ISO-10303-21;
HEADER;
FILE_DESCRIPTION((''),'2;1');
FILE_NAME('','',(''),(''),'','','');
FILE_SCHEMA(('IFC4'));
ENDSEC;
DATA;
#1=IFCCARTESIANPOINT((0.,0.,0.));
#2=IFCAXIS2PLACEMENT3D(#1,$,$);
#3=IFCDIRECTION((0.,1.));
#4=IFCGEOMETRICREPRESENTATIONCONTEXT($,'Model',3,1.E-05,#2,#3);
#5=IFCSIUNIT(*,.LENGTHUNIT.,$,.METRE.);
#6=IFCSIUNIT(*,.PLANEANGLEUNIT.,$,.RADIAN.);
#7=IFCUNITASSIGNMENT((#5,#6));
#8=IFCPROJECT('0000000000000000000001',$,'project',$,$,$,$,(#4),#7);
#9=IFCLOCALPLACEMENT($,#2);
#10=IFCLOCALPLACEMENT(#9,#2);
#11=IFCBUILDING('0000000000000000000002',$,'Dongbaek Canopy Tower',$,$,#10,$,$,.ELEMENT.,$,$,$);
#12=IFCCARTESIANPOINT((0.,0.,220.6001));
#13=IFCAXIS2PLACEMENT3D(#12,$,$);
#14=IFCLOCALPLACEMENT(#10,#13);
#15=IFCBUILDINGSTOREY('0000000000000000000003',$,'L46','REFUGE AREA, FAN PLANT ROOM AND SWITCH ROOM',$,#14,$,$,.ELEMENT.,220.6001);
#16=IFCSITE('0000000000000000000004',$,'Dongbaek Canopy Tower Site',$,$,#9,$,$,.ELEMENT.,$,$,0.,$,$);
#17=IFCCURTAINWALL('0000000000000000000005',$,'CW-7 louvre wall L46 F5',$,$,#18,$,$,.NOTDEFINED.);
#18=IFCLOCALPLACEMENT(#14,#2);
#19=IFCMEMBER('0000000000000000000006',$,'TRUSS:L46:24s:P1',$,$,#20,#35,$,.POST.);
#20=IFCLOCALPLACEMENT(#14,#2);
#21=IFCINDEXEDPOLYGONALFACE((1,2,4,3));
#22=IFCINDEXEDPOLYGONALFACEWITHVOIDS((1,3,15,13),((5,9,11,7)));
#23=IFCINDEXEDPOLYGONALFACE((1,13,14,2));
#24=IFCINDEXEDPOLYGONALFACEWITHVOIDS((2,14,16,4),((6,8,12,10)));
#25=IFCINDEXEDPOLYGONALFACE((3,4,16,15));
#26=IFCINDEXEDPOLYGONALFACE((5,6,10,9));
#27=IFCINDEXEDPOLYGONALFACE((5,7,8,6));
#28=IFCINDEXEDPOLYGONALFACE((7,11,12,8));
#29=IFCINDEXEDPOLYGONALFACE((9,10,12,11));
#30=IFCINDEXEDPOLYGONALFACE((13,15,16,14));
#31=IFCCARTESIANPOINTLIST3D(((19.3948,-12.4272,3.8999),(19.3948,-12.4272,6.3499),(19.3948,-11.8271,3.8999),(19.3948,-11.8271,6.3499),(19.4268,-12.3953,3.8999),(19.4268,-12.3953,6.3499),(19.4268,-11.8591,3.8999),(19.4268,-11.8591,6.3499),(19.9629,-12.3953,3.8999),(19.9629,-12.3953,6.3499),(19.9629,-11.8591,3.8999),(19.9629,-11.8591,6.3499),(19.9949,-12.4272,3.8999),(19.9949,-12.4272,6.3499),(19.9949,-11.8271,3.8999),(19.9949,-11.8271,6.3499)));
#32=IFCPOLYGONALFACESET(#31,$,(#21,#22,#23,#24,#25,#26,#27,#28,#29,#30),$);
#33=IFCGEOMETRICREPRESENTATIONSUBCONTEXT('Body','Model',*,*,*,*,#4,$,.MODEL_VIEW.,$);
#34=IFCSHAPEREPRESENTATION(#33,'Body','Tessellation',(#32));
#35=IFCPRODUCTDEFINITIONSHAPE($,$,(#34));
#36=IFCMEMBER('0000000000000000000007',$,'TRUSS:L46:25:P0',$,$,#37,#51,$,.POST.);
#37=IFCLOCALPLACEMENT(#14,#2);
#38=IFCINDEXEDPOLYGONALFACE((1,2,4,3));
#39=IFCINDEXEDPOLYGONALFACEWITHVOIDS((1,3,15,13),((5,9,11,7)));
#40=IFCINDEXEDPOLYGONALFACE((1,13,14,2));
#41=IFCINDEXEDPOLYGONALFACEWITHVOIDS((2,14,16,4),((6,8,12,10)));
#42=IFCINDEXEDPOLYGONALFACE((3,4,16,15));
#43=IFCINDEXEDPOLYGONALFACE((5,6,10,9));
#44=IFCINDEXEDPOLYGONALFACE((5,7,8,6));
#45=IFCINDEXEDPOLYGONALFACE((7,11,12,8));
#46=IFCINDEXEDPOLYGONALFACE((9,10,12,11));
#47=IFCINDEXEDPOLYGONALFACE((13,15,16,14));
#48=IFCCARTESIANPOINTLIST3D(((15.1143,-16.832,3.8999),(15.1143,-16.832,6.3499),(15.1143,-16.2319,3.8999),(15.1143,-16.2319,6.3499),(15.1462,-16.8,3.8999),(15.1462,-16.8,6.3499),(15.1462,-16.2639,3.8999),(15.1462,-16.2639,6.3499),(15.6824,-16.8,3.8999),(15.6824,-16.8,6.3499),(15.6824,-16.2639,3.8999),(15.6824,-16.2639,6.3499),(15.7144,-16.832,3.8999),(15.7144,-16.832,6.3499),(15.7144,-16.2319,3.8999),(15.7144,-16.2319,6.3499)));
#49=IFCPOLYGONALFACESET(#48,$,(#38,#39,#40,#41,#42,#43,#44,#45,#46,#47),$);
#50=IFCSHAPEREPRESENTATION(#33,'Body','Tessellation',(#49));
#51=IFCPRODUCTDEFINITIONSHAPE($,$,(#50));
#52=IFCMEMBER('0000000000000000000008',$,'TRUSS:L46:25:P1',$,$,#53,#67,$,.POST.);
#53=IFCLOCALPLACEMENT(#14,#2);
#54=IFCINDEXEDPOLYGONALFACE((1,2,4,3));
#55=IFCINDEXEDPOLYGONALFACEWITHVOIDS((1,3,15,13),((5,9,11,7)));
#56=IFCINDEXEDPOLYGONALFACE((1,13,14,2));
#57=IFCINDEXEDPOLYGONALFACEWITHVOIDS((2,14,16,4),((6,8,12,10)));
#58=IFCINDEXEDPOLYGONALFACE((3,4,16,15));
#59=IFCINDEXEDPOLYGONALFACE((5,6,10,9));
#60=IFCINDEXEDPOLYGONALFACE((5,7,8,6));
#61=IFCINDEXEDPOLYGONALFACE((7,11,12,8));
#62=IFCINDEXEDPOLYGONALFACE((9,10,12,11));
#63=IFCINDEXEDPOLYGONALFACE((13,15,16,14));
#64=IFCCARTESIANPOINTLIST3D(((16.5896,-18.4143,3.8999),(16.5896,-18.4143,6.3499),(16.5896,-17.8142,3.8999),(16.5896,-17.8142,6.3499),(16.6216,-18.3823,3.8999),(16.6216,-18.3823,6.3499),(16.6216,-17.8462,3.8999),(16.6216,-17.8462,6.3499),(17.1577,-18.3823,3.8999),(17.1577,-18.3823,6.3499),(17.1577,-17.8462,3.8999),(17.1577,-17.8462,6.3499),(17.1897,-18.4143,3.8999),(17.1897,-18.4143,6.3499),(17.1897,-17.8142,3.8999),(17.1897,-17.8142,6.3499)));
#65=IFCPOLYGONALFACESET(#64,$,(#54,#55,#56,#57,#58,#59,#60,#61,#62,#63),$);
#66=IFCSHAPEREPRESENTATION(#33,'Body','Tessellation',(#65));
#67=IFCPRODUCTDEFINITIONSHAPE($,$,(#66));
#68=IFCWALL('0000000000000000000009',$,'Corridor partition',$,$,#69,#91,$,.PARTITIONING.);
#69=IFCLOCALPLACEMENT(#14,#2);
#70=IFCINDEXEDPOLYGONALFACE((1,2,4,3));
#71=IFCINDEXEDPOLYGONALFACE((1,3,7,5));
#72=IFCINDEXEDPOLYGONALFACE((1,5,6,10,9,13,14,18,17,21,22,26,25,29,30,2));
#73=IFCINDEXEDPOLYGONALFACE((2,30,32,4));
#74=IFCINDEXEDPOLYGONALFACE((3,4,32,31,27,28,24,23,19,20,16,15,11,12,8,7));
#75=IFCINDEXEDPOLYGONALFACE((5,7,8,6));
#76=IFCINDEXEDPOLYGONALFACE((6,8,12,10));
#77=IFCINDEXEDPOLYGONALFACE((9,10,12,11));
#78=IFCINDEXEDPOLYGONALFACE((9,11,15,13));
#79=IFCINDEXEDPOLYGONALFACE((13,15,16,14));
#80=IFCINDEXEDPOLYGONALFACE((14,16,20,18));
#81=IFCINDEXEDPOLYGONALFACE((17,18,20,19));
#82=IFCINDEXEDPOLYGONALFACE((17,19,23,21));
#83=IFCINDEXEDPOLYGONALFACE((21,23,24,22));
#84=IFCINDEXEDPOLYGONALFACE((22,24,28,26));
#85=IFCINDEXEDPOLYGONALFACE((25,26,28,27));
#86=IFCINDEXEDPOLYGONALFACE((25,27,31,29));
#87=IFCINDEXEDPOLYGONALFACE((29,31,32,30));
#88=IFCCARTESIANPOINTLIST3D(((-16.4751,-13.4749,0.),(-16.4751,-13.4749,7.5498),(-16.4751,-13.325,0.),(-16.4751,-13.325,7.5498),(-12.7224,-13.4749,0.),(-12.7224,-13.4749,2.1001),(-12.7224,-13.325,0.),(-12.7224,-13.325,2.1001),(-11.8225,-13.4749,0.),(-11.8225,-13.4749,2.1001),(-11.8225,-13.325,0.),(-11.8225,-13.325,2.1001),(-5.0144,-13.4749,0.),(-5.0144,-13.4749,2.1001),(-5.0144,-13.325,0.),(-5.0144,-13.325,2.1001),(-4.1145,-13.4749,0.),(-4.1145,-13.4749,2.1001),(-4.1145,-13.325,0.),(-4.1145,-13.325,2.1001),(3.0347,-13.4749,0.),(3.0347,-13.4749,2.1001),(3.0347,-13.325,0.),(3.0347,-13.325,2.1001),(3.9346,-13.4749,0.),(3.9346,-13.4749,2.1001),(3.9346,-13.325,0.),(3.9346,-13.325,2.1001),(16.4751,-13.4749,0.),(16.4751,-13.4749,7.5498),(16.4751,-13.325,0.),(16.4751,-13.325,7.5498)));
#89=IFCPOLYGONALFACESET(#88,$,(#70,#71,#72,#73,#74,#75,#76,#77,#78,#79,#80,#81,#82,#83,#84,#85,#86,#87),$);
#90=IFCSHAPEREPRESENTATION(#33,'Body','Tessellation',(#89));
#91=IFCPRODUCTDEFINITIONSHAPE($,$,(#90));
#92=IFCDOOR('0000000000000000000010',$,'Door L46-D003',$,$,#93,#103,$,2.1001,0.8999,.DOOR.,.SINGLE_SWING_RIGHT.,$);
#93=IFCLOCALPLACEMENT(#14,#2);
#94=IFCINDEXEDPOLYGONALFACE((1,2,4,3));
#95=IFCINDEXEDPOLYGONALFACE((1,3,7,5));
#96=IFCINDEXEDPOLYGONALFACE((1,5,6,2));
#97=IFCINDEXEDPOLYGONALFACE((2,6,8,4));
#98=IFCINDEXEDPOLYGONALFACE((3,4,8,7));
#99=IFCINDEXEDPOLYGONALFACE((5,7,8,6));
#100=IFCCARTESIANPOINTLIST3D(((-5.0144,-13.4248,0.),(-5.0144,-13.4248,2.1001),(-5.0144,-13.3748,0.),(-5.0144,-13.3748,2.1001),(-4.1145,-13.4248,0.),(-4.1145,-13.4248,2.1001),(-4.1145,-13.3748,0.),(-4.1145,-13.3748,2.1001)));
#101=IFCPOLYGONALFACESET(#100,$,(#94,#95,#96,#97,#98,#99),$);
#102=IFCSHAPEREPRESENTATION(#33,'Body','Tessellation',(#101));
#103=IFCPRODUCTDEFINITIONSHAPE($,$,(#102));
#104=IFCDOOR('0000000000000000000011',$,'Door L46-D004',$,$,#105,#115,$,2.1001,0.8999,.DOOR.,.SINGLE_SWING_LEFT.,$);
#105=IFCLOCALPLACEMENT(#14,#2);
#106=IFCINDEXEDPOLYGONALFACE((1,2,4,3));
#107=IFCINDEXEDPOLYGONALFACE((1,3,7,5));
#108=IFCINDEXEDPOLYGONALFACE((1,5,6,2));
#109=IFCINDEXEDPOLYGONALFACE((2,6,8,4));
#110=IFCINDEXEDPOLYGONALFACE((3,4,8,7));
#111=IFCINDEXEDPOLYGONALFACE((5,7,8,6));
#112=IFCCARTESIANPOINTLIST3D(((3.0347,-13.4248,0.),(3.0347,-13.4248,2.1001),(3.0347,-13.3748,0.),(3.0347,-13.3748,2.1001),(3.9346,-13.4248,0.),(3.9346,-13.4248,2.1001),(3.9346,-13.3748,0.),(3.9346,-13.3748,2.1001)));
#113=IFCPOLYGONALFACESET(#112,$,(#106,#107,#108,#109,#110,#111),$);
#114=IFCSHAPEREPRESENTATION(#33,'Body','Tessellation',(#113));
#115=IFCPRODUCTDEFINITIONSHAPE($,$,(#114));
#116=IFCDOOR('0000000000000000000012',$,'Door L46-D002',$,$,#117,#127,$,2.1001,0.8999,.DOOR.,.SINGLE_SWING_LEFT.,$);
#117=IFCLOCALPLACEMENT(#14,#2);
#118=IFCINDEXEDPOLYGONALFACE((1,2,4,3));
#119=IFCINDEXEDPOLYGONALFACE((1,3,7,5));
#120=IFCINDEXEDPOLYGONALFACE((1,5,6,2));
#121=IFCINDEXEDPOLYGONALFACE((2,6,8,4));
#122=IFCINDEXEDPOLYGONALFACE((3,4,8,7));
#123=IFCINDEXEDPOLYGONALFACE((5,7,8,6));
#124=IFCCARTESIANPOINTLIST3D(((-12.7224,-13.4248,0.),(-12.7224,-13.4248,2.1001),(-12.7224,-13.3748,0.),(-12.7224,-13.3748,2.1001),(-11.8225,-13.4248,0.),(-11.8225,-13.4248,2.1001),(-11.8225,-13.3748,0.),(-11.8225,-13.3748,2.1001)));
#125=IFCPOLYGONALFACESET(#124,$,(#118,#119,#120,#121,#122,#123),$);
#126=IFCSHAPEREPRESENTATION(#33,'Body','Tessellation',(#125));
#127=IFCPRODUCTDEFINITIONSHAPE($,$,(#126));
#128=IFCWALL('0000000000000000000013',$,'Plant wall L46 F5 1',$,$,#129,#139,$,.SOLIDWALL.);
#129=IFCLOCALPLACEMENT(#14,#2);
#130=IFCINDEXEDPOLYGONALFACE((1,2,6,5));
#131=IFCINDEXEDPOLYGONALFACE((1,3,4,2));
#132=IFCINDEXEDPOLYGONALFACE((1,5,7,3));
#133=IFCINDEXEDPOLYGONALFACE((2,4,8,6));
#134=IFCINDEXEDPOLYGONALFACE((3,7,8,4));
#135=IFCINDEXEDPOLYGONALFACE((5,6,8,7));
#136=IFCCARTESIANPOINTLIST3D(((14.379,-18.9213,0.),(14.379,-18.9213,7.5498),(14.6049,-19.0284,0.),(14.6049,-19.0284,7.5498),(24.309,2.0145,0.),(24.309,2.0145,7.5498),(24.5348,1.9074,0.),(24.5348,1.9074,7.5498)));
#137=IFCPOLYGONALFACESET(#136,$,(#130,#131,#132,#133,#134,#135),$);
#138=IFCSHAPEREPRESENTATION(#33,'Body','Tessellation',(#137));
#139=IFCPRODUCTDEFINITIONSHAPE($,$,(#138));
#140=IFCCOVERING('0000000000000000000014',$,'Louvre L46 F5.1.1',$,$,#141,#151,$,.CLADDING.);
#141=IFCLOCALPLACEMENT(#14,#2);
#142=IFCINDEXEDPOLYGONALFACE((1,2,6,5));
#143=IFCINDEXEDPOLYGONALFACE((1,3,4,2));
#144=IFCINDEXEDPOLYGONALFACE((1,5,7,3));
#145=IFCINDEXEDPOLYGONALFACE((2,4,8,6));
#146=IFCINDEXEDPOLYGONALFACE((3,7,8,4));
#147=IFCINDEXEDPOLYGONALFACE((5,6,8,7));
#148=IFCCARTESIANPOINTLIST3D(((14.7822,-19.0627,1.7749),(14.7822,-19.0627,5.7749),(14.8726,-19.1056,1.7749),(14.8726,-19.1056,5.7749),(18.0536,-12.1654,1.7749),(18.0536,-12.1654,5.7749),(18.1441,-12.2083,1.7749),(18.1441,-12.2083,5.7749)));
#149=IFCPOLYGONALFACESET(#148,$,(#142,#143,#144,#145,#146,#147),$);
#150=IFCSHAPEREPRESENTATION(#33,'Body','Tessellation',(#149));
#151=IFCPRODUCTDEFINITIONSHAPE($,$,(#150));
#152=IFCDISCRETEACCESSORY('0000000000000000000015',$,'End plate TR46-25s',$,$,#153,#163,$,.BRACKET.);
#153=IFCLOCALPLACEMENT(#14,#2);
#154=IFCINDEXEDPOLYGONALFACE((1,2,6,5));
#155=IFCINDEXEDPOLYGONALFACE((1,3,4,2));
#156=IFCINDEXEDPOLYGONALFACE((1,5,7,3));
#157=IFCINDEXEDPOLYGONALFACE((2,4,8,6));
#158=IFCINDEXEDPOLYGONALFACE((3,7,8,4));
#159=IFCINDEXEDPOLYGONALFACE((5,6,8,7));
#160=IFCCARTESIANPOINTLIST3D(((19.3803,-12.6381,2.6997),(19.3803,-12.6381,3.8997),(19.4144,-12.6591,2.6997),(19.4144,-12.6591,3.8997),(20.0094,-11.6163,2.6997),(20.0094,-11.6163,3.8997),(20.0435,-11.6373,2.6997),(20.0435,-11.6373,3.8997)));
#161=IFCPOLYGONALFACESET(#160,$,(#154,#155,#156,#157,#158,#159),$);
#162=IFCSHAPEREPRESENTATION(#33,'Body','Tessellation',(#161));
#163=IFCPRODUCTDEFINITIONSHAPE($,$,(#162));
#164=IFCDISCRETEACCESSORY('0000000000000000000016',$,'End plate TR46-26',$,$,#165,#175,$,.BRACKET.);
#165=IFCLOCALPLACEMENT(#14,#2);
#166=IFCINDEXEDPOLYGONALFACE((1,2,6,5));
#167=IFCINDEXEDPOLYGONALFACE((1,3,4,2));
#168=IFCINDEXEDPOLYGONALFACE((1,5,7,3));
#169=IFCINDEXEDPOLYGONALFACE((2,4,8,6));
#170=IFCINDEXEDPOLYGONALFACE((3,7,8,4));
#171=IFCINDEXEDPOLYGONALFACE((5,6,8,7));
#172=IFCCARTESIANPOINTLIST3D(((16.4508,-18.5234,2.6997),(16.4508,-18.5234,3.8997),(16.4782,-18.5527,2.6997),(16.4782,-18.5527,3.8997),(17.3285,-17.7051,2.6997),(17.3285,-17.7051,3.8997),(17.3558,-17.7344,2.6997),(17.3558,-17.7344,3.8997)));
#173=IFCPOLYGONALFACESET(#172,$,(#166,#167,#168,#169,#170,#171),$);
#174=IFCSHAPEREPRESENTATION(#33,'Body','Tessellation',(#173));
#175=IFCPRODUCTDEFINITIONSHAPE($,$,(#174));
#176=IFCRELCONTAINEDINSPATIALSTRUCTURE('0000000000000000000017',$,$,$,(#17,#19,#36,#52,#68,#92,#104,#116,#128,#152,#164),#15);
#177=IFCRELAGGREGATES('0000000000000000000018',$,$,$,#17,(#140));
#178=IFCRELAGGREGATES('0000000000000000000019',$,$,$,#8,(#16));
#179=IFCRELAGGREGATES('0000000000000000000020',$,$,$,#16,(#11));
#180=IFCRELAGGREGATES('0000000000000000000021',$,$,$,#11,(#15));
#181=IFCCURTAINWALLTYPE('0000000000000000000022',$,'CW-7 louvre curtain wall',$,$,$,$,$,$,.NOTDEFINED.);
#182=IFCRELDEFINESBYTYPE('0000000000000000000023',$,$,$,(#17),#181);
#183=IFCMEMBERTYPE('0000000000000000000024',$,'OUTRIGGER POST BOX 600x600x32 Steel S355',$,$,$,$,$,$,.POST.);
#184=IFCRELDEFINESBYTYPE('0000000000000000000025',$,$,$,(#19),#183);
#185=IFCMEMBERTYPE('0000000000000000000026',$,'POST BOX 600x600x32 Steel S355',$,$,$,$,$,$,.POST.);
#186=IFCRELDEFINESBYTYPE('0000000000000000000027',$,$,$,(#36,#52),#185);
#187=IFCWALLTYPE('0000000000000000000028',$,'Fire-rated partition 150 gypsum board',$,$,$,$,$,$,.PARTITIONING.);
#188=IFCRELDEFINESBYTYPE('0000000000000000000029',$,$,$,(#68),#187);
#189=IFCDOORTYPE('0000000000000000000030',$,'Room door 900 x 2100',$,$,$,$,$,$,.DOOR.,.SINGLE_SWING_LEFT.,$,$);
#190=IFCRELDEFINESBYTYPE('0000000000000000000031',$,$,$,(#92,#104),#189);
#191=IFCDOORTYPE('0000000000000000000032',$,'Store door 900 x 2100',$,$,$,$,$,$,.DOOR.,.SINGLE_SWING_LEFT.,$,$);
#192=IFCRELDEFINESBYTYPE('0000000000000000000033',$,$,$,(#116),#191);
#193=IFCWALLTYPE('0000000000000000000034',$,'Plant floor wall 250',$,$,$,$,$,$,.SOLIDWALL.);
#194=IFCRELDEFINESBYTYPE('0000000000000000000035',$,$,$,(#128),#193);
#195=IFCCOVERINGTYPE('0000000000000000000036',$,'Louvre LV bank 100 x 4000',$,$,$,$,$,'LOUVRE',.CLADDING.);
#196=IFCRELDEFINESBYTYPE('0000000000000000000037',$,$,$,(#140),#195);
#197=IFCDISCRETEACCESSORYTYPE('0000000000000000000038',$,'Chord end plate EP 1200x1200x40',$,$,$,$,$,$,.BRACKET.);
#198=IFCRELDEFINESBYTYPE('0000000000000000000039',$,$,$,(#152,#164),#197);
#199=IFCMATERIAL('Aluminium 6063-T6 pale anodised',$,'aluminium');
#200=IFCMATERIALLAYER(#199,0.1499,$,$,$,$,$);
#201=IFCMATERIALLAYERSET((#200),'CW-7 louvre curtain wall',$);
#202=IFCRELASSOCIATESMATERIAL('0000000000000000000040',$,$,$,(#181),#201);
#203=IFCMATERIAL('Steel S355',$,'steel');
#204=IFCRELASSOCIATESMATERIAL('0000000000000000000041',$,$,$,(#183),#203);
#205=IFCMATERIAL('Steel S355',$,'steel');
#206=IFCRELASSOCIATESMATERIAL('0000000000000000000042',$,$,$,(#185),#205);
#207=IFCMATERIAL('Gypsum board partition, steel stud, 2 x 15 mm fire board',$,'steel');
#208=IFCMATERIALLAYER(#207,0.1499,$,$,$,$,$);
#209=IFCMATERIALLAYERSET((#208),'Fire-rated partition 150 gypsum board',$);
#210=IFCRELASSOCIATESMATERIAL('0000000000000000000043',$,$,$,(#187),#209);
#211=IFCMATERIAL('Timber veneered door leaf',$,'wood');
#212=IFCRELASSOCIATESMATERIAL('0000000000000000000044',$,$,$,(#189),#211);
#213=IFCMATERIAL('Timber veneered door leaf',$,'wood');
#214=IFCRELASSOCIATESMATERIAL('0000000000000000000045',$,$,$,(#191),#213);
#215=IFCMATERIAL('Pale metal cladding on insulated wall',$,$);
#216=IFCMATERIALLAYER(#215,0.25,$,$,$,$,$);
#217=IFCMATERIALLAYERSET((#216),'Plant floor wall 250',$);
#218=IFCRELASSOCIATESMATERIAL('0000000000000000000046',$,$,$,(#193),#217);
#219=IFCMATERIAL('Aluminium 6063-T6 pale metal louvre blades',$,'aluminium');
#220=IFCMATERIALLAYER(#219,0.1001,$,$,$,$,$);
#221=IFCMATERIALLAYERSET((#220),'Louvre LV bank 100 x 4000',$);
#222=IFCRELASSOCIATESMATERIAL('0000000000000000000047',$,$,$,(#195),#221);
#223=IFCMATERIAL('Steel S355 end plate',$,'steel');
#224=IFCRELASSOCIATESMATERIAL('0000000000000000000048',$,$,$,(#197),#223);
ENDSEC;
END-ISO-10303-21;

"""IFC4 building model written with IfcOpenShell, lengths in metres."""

from ifc_helpers import new_model, si_unit, direction, frame, frame_2d, origin, origin_2d, place, context, subcontext, project, spatial, rectangle, hollow_rectangle, extrude, material, layer, layer_set, material_profile, profile_set, type_object, element, fill, aggregate, save


model = new_model("IFC4")

# Units and contexts
model_context = context("Model", 3, precision=1e-05, world=origin(), true_north=direction((0.0, 1.0)))
body_context = subcontext(model_context, "Body", "Model", "MODEL_VIEW")
ifc_project = project(units=[si_unit("LENGTHUNIT", "METRE"), si_unit("PLANEANGLEUNIT", "RADIAN")], contexts=[model_context])

# Site, building, storey
site_placement = place(None, origin())
site = spatial("IfcSite", under=ifc_project, at=site_placement, Name="Dongbaek Canopy Tower Site", CompositionType="ELEMENT", RefElevation=0.0)
building_placement = place(site_placement, origin())
building = spatial("IfcBuilding", under=site, at=building_placement, Name="Dongbaek Canopy Tower", CompositionType="ELEMENT")
storey_placement = place(building_placement, frame((0.0, 0.0, 220.6001)))
storey = spatial("IfcBuildingStorey", under=building, at=storey_placement, Name="L46", Description="REFUGE AREA, FAN PLANT ROOM AND SWITCH ROOM", CompositionType="ELEMENT", Elevation=220.6001)

# Shared definitions
ifc_material_1 = material(Name="Aluminium 6063-T6 pale anodised", Category="aluminium")
ifc_layer_1 = layer(ifc_material_1, 0.1499)
ifc_layer_set_1 = layer_set([ifc_layer_1], Name="CW-7 louvre curtain wall")
curtain_wall_type = type_object("IfcCurtainWallType", Name="CW-7 louvre curtain wall", PredefinedType="NOTDEFINED", material=ifc_layer_set_1)

# Curtain wall
curtain_wall_1_placement = place(storey_placement, origin())
curtain_wall_1 = element("IfcCurtainWall", 1, at=curtain_wall_1_placement, inside=storey, type_object=curtain_wall_type, Name="CW-7 louvre wall L46 F5", PredefinedType="NOTDEFINED")

# Members
ifc_material_2 = material(Name="Steel S355", Category="steel")
ifc_material_profile_1 = material_profile(ifc_material_2, hollow_rectangle(XDim=0.6001, YDim=0.6001, WallThickness=0.032, at=origin_2d()), Name="OUTRIGGER POST BOX 600x600x32 Steel S355")
ifc_profile_set_1 = profile_set([ifc_material_profile_1], Name="Steel S355")
member_type_1 = type_object("IfcMemberType", Name="OUTRIGGER POST BOX 600x600x32 Steel S355", PredefinedType="POST", material=ifc_profile_set_1)
member_1_placement = place(storey_placement, frame((19.6948, -12.1272, 3.8999), z_axis=(0.0, 0.0, 1.0), x_axis=(1.0, 0.0, 0.0)))
element("IfcMember", 2, at=member_1_placement, inside=storey, type_object=member_type_1, Name="TRUSS:L46:24s:P1", PredefinedType="POST", context=body_context, shape_type="SweptSolid", body=[
    extrude(hollow_rectangle(XDim=0.6001, YDim=0.6001, WallThickness=0.032, at=origin_2d()), origin(), (0.0, 0.0, 1.0), 2.45),
])
ifc_material_3 = material(Name="Steel S355", Category="steel")
ifc_material_profile_2 = material_profile(ifc_material_3, hollow_rectangle(XDim=0.6001, YDim=0.6001, WallThickness=0.032, at=origin_2d()), Name="POST BOX 600x600x32 Steel S355")
ifc_profile_set_2 = profile_set([ifc_material_profile_2], Name="Steel S355")
member_type_2 = type_object("IfcMemberType", Name="POST BOX 600x600x32 Steel S355", PredefinedType="POST", material=ifc_profile_set_2)
for number, where, z_axis, x_axis, name in (
    (3, (15.4143, -16.532, 3.8999), (0.0, 0.0, 1.0), (1.0, 0.0, 0.0), "TRUSS:L46:25:P0"),
    (4, (16.8896, -18.1143, 3.8999), (0.0, 0.0, 1.0), (1.0, 0.0, 0.0), "TRUSS:L46:25:P1"),
):
    element("IfcMember", number, at=place(storey_placement, frame(where, z_axis=z_axis, x_axis=x_axis)), inside=storey, type_object=member_type_2, Name=name, PredefinedType="POST", context=body_context, shape_type="SweptSolid", body=[
        extrude(hollow_rectangle(XDim=0.6001, YDim=0.6001, WallThickness=0.032, at=origin_2d()), origin(), (0.0, 0.0, 1.0), 2.45),
    ])

# Wall, openings, doors
ifc_material_4 = material(Name="Gypsum board partition, steel stud, 2 x 15 mm fire board", Category="steel")
ifc_layer_2 = layer(ifc_material_4, 0.1499)
ifc_layer_set_2 = layer_set([ifc_layer_2], Name="Fire-rated partition 150 gypsum board")
wall_type_1 = type_object("IfcWallType", Name="Fire-rated partition 150 gypsum board", PredefinedType="PARTITIONING", material=ifc_layer_set_2)
wall_1_placement = place(storey_placement, frame((16.4751, -13.3999, 0.0), z_axis=(0.0, 0.0, 1.0), x_axis=(-1.0, 0.0, 0.0)))
wall_1 = element("IfcWall", 5, at=wall_1_placement, inside=storey, type_object=wall_type_1, Name="Corridor partition", PredefinedType="PARTITIONING", context=body_context, shape_type="SweptSolid", body=[
    extrude(rectangle(XDim=32.9502, YDim=0.1499, at=frame_2d((16.4751, 0.0))), origin(), (0.0, 0.0, 1.0), 7.5498),
])
opening_1_placement = place(wall_1_placement, frame((28.2976, 0.0, 0.0)))
opening_1 = element("IfcOpeningElement", 6, at=opening_1_placement, cuts=wall_1, PredefinedType="OPENING", context=body_context, shape_type="SweptSolid", body=[
    extrude(rectangle(XDim=0.8999, YDim=2.1001, at=frame_2d((0.45, 1.05))), frame((0.0, 0.085, 0.0), z_axis=(0.0, -1.0, 0.0), x_axis=(1.0, 0.0, 0.0)), (0.0, 0.0, 1.0), 0.1699),
])
opening_2_placement = place(wall_1_placement, frame((20.5896, 0.0, 0.0)))
opening_2 = element("IfcOpeningElement", 7, at=opening_2_placement, cuts=wall_1, PredefinedType="OPENING", context=body_context, shape_type="SweptSolid", body=[
    extrude(rectangle(XDim=0.8999, YDim=2.1001, at=frame_2d((0.45, 1.05))), frame((0.0, 0.085, 0.0), z_axis=(0.0, -1.0, 0.0), x_axis=(1.0, 0.0, 0.0)), (0.0, 0.0, 1.0), 0.1699),
])
opening_3_placement = place(wall_1_placement, frame((12.5405, 0.0, 0.0)))
opening_3 = element("IfcOpeningElement", 8, at=opening_3_placement, cuts=wall_1, PredefinedType="OPENING", context=body_context, shape_type="SweptSolid", body=[
    extrude(rectangle(XDim=0.8999, YDim=2.1001, at=frame_2d((0.45, 1.05))), frame((0.0, 0.085, 0.0), z_axis=(0.0, -1.0, 0.0), x_axis=(1.0, 0.0, 0.0)), (0.0, 0.0, 1.0), 0.1699),
])
ifc_material_5 = material(Name="Timber veneered door leaf", Category="wood")
door_type_1 = type_object("IfcDoorType", Name="Room door 900 x 2100", OperationType="SINGLE_SWING_LEFT", PredefinedType="DOOR", material=ifc_material_5)
door_1_placement = place(opening_2_placement, origin())
door_1 = element("IfcDoor", 9, at=door_1_placement, inside=storey, type_object=door_type_1, Name="Door L46-D003", OperationType="SINGLE_SWING_RIGHT", OverallHeight=2.1001, OverallWidth=0.8999, PredefinedType="DOOR", context=body_context, shape_type="SweptSolid", body=[
    extrude(rectangle(XDim=0.8999, YDim=2.1001, at=frame_2d((0.45, 1.05))), frame((0.0, 0.0249, 0.0), z_axis=(0.0, -1.0, 0.0), x_axis=(1.0, 0.0, 0.0)), (0.0, 0.0, 1.0), 0.05),
])
fill(opening_2, door_1)
door_2_placement = place(opening_3_placement, origin())
door_2 = element("IfcDoor", 10, at=door_2_placement, inside=storey, type_object=door_type_1, Name="Door L46-D004", OperationType="SINGLE_SWING_LEFT", OverallHeight=2.1001, OverallWidth=0.8999, PredefinedType="DOOR", context=body_context, shape_type="SweptSolid", body=[
    extrude(rectangle(XDim=0.8999, YDim=2.1001, at=frame_2d((0.45, 1.05))), frame((0.0, 0.0249, 0.0), z_axis=(0.0, -1.0, 0.0), x_axis=(1.0, 0.0, 0.0)), (0.0, 0.0, 1.0), 0.05),
])
fill(opening_3, door_2)
ifc_material_6 = material(Name="Timber veneered door leaf", Category="wood")
door_type_2 = type_object("IfcDoorType", Name="Store door 900 x 2100", OperationType="SINGLE_SWING_LEFT", PredefinedType="DOOR", material=ifc_material_6)
door_3_placement = place(opening_1_placement, origin())
door_3 = element("IfcDoor", 11, at=door_3_placement, inside=storey, type_object=door_type_2, Name="Door L46-D002", OperationType="SINGLE_SWING_LEFT", OverallHeight=2.1001, OverallWidth=0.8999, PredefinedType="DOOR", context=body_context, shape_type="SweptSolid", body=[
    extrude(rectangle(XDim=0.8999, YDim=2.1001, at=frame_2d((0.45, 1.05))), frame((0.0, 0.0249, 0.0), z_axis=(0.0, -1.0, 0.0), x_axis=(1.0, 0.0, 0.0)), (0.0, 0.0, 1.0), 0.05),
])
fill(opening_1, door_3)

# Wall
ifc_material_7 = material(Name="Pale metal cladding on insulated wall")
ifc_layer_3 = layer(ifc_material_7, 0.25)
ifc_layer_set_3 = layer_set([ifc_layer_3], Name="Plant floor wall 250")
wall_type_2 = type_object("IfcWallType", Name="Plant floor wall 250", PredefinedType="SOLIDWALL", material=ifc_layer_set_3)
wall_2_placement = place(storey_placement, frame((14.4919, -18.9749, 0.0), z_axis=(0.0, 0.0, 1.0), x_axis=(0.428544, 0.903521, 0.0)))
element("IfcWall", 12, at=wall_2_placement, inside=storey, type_object=wall_type_2, Name="Plant wall L46 F5 1", PredefinedType="SOLIDWALL", context=body_context, shape_type="SweptSolid", body=[
    extrude(rectangle(XDim=23.1714, YDim=0.25, at=frame_2d((11.5857, 0.0))), origin(), (0.0, 0.0, 1.0), 7.5498),
])

# Covering
ifc_material_8 = material(Name="Aluminium 6063-T6 pale metal louvre blades", Category="aluminium")
ifc_layer_4 = layer(ifc_material_8, 0.1001)
ifc_layer_set_4 = layer_set([ifc_layer_4], Name="Louvre LV bank 100 x 4000")
covering_type = type_object("IfcCoveringType", Name="Louvre LV bank 100 x 4000", ElementType="LOUVRE", PredefinedType="CLADDING", material=ifc_layer_set_4)
covering_placement = place(storey_placement, frame((16.4631, -15.6355, 1.7749), z_axis=(0.0, 0.0, 1.0), x_axis=(0.428545, 0.90352, 0.0)))
covering = element("IfcCovering", 13, at=covering_placement, type_object=covering_type, Name="Louvre L46 F5.1.1", PredefinedType="CLADDING", context=body_context, shape_type="SweptSolid", body=[
    extrude(rectangle(XDim=7.6338, YDim=0.1001, at=origin_2d()), origin(), (0.0, 0.0, 1.0), 4.0),
])

# Discrete accessories
ifc_material_9 = material(Name="Steel S355 end plate", Category="steel")
discrete_accessory_type_1 = type_object("IfcDiscreteAccessoryType", Name="Chord end plate EP 1200x1200x40", PredefinedType="BRACKET", material=ifc_material_9)
for number, where, z_axis, x_axis, name in (
    (14, (19.7119, -12.1377, 2.6997), (0.0, 0.0, 1.0), (-0.85152, 0.524322, 0.0), "End plate TR46-25s"),
    (15, (16.9033, -18.1289, 2.6997), (0.0, 0.0, 1.0), (-0.681954, 0.731395, 0.0), "End plate TR46-26"),
):
    element("IfcDiscreteAccessory", number, at=place(storey_placement, frame(where, z_axis=z_axis, x_axis=x_axis)), inside=storey, type_object=discrete_accessory_type_1, Name=name, PredefinedType="BRACKET", context=body_context, shape_type="SweptSolid", body=[
        extrude(rectangle(XDim=0.04, YDim=1.2, at=origin_2d()), origin(), (0.0, 0.0, 1.0), 1.2),
    ])

aggregate(curtain_wall_1, [covering])

save(model, "model.ifc")
